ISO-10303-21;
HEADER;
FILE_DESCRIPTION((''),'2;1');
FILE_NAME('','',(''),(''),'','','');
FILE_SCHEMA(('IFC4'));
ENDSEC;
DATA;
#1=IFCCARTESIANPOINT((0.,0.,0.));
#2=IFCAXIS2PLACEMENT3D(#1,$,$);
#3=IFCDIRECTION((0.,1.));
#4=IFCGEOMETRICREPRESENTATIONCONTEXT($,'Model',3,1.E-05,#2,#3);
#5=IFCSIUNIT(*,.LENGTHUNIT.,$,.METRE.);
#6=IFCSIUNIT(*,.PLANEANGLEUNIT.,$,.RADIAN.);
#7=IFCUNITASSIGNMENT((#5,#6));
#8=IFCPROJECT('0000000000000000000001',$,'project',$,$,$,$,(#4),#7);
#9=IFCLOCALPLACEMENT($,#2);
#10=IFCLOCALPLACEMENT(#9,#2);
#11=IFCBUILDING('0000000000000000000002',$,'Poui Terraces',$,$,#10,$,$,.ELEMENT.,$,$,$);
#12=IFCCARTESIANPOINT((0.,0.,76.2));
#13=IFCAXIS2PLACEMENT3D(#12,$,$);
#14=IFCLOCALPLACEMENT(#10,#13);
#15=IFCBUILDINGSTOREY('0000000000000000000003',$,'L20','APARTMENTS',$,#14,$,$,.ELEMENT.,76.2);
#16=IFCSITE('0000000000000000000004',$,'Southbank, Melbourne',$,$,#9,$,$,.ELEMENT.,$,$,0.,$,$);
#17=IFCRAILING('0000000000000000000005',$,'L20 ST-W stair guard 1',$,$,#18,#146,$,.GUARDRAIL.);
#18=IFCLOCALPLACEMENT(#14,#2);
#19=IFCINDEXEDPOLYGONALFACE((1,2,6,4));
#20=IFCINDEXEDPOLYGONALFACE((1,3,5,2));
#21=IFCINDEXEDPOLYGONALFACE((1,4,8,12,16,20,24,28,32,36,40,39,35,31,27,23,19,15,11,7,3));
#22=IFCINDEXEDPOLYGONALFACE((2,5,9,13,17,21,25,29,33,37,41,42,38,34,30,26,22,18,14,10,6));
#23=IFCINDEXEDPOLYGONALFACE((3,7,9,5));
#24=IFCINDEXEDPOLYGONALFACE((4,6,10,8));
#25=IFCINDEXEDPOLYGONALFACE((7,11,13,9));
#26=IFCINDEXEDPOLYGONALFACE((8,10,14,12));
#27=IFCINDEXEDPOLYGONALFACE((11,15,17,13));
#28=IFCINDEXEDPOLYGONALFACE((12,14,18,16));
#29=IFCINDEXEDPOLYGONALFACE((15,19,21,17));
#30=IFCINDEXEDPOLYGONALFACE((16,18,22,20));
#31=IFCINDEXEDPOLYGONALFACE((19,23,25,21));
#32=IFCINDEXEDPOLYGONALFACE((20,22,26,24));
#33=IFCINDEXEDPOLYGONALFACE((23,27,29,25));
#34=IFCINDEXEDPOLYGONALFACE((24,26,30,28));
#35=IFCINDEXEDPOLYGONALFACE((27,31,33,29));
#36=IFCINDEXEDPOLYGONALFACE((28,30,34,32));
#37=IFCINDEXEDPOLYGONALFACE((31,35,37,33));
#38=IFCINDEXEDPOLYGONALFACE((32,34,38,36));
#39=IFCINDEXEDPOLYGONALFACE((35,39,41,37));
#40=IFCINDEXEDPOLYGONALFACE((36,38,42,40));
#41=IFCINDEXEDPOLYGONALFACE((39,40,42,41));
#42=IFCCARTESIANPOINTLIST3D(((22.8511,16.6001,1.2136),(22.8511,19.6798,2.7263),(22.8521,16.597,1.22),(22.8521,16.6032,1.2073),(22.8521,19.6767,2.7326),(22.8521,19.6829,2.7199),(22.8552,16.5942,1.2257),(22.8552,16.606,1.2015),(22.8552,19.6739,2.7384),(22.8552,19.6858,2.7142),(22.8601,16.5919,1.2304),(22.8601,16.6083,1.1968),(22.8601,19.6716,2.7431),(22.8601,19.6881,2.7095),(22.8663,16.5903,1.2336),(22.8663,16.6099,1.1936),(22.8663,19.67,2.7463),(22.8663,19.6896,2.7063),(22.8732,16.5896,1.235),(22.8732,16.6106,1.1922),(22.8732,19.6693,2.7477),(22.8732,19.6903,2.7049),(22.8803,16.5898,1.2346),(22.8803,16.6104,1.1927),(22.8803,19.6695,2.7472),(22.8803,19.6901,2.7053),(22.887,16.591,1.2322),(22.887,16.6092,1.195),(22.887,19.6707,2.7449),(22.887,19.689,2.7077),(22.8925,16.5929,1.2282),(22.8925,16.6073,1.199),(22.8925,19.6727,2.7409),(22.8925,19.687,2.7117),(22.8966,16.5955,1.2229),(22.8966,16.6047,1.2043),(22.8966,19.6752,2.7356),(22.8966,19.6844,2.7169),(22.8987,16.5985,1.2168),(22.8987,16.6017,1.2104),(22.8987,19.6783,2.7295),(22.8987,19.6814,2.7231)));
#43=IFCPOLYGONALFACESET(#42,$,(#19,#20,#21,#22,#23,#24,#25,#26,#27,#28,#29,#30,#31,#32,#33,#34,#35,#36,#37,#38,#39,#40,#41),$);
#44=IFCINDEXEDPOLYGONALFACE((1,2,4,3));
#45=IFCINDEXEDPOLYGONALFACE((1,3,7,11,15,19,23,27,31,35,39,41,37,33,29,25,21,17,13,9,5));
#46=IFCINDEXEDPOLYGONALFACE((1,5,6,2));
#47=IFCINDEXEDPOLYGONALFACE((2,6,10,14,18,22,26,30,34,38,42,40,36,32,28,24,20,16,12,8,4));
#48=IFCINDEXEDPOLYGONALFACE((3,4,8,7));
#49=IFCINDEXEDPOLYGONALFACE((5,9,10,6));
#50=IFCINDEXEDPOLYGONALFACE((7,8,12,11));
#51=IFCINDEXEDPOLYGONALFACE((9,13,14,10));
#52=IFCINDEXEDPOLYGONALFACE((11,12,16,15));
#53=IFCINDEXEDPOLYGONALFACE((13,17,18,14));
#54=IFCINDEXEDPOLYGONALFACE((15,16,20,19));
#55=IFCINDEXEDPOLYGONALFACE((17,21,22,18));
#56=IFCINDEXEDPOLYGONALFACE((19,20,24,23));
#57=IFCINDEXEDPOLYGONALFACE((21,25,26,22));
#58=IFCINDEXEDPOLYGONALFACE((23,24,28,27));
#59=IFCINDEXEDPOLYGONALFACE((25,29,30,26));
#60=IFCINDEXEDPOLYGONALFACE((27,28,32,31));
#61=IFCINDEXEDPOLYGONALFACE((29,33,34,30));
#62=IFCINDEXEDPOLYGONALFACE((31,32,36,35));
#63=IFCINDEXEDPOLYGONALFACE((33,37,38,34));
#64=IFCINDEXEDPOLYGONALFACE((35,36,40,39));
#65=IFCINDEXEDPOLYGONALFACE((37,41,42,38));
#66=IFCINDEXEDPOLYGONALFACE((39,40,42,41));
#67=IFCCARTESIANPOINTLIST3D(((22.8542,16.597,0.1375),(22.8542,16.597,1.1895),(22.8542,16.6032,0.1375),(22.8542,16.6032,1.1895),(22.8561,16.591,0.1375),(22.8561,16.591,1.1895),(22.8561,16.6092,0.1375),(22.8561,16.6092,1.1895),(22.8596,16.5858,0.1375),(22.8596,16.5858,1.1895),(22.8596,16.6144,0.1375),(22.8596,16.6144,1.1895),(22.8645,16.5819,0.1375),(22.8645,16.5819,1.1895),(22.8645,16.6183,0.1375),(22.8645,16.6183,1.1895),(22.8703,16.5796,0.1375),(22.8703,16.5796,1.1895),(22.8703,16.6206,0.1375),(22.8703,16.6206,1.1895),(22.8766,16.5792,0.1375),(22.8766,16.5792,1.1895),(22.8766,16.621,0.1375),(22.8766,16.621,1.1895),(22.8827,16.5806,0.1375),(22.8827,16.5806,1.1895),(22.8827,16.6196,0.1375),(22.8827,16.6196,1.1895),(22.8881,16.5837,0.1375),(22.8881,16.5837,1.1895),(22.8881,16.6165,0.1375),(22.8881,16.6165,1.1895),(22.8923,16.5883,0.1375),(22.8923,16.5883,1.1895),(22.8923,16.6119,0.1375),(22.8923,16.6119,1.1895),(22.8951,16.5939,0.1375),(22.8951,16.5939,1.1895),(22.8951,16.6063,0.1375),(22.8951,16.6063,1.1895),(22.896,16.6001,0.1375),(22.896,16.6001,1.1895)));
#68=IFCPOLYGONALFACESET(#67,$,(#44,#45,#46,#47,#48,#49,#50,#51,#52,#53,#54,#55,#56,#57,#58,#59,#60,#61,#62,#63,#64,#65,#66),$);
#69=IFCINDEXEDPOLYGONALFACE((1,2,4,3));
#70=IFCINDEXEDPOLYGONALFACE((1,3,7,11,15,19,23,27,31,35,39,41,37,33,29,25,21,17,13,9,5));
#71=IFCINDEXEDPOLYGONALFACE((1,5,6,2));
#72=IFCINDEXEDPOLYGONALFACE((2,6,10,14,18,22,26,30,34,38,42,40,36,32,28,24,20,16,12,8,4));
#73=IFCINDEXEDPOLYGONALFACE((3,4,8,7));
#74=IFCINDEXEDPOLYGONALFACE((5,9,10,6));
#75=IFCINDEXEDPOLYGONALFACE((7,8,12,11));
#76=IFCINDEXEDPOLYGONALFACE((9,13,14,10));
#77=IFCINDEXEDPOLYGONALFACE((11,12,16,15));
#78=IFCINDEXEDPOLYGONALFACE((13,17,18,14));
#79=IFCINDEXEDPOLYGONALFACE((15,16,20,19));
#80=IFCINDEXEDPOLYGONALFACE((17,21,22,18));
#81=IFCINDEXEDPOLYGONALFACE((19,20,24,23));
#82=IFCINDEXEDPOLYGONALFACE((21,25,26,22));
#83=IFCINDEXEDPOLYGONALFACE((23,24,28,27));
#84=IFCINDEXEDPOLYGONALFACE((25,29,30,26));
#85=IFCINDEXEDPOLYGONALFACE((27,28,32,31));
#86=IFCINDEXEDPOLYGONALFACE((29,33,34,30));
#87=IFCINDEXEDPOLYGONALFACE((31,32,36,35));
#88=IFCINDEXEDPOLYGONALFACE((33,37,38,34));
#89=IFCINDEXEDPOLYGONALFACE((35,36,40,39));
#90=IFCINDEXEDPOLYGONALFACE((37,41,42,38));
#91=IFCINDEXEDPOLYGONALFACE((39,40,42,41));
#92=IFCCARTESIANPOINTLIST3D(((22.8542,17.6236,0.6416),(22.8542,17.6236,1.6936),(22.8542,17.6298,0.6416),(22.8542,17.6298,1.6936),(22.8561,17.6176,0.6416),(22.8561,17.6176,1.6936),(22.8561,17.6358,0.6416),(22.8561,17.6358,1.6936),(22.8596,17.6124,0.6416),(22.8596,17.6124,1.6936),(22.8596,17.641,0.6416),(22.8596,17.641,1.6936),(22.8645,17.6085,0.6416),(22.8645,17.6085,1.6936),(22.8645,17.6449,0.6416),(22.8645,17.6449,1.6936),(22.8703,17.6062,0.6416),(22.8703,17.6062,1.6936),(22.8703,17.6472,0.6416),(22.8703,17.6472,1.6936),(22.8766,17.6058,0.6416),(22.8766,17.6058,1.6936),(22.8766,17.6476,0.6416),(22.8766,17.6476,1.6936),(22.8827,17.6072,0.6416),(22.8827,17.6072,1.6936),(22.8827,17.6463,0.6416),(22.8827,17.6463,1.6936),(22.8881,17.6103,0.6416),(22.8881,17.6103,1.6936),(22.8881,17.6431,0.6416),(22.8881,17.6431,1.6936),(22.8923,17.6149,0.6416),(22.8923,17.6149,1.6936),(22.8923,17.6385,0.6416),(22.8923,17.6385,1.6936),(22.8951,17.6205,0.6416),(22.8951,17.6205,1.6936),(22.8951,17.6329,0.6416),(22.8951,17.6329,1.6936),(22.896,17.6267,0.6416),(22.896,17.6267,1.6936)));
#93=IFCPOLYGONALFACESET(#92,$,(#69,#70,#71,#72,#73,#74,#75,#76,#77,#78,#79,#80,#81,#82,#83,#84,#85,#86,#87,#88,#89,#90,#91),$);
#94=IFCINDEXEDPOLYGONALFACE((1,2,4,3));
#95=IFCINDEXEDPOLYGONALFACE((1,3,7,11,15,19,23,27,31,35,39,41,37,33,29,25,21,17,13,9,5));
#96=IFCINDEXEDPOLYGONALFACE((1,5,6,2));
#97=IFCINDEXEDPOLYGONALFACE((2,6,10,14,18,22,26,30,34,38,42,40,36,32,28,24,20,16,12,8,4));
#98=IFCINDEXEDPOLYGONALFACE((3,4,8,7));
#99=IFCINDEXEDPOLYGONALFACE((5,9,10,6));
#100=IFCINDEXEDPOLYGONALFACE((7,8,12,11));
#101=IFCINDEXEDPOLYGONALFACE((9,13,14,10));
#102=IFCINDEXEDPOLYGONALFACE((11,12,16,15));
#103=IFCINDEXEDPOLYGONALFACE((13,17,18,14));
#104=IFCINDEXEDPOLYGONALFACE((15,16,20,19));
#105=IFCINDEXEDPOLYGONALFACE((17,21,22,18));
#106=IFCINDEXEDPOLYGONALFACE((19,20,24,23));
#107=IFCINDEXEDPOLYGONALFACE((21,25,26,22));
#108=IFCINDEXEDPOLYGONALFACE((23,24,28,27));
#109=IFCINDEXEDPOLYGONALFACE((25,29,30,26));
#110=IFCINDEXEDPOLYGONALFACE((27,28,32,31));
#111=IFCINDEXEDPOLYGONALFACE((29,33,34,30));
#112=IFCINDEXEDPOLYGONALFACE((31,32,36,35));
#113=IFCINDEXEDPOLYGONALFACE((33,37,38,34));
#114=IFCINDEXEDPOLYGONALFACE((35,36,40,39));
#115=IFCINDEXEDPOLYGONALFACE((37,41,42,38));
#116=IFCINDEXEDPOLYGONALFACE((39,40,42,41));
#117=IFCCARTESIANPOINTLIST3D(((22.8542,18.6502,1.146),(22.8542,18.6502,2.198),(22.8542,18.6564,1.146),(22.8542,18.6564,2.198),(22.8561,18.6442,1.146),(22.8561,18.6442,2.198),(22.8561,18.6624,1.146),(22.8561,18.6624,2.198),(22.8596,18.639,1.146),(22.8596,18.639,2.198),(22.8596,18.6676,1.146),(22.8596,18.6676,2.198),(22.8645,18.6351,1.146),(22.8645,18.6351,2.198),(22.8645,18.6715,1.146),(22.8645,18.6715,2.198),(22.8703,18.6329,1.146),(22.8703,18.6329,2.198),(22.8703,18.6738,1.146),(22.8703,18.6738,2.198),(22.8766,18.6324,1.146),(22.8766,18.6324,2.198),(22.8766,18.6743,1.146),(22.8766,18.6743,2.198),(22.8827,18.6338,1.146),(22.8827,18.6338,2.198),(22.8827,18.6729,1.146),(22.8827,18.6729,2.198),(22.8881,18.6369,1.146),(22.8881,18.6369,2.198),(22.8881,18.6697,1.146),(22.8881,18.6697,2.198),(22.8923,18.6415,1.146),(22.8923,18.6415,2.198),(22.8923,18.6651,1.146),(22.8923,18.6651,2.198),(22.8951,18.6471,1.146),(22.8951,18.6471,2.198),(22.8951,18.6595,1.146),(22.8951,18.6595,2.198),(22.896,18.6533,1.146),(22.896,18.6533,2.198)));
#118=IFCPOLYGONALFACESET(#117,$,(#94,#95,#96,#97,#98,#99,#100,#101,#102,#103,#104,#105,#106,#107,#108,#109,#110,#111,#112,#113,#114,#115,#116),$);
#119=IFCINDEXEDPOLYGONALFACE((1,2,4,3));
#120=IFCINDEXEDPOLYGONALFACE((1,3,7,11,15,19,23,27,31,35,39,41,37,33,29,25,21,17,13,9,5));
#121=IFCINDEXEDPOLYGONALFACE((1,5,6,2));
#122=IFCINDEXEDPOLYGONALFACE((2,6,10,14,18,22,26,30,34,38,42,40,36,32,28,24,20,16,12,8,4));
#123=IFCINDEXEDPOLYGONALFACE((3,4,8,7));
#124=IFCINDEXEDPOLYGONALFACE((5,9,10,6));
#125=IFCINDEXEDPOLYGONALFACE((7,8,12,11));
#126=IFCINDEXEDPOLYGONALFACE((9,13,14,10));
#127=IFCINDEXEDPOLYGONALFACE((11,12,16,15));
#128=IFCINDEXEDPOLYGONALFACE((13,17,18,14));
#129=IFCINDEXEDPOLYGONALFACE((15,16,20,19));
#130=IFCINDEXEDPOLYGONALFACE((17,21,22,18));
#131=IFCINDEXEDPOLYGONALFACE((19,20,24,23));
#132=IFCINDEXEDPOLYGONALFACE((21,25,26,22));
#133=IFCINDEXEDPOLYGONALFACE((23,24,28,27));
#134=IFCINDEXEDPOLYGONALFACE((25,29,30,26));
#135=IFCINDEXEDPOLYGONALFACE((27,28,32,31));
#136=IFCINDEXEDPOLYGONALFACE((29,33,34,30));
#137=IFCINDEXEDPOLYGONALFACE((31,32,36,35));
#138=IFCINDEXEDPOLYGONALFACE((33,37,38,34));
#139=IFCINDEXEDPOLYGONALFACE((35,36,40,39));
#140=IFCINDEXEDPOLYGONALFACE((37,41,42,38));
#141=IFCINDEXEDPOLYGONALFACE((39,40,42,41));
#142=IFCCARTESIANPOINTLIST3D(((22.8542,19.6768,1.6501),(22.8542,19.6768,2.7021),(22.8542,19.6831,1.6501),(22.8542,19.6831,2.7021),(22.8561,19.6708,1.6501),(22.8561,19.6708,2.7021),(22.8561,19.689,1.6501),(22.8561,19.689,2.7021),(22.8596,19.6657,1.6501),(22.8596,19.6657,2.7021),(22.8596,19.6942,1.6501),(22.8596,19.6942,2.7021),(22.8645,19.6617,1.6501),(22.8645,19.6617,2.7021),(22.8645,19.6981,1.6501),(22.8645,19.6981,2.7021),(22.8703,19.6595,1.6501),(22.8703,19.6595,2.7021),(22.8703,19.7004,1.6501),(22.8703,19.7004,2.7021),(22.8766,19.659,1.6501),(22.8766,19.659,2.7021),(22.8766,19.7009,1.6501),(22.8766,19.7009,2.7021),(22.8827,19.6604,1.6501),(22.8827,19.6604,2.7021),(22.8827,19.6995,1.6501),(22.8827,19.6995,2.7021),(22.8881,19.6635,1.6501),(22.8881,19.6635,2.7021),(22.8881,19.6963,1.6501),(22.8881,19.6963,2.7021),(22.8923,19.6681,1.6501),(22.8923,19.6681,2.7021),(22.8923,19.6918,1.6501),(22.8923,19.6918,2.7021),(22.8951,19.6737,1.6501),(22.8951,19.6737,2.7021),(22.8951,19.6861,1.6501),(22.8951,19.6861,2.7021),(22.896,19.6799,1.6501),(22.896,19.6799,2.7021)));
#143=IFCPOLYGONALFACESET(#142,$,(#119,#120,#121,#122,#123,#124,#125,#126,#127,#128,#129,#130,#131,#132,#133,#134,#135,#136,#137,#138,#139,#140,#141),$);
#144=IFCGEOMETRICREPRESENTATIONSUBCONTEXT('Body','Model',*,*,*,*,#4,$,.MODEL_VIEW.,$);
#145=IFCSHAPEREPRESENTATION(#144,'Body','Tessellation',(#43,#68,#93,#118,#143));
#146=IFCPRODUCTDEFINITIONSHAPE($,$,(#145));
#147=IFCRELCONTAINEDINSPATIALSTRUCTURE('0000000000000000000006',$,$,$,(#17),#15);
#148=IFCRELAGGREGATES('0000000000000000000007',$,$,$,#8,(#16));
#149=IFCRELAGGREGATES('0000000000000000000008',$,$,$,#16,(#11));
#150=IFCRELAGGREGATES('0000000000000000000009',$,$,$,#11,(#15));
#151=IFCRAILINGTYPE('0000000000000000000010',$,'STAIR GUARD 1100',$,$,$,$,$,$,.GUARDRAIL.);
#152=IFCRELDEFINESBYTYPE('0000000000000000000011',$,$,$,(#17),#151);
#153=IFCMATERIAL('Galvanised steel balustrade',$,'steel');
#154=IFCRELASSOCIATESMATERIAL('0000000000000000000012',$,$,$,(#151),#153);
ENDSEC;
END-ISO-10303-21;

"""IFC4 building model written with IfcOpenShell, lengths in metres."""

from ifc_helpers import new_model, si_unit, direction, frame, origin, origin_2d, place, context, subcontext, project, spatial, circle, extrude, material, type_object, element, save


model = new_model("IFC4")

# Units and contexts
model_context = context("Model", 3, precision=1e-05, world=origin(), true_north=direction((0.0, 1.0)))
body_context = subcontext(model_context, "Body", "Model", "MODEL_VIEW")
ifc_project = project(units=[si_unit("LENGTHUNIT", "METRE"), si_unit("PLANEANGLEUNIT", "RADIAN")], contexts=[model_context])

# Site, building, storey
site_placement = place(None, origin())
site = spatial("IfcSite", under=ifc_project, at=site_placement, Name="Southbank, Melbourne", CompositionType="ELEMENT", RefElevation=0.0)
building_placement = place(site_placement, origin())
building = spatial("IfcBuilding", under=site, at=building_placement, Name="Poui Terraces", CompositionType="ELEMENT")
storey_placement = place(building_placement, frame((0.0, 0.0, 76.2)))
storey = spatial("IfcBuildingStorey", under=building, at=storey_placement, Name="L20", Description="APARTMENTS", CompositionType="ELEMENT", Elevation=76.2)

# Railing
ifc_material_1 = material(Name="Galvanised steel balustrade", Category="steel")
railing_type_1 = type_object("IfcRailingType", Name="STAIR GUARD 1100", PredefinedType="GUARDRAIL", material=ifc_material_1)
railing_1_placement = place(storey_placement, frame((22.875, 16.6001, 0.1375)))
element("IfcRailing", 1, at=railing_1_placement, inside=storey, type_object=railing_type_1, Name="L20 ST-W stair guard 1", PredefinedType="GUARDRAIL", context=body_context, shape_type="SweptSolid", body=[
    extrude(circle(Radius=0.0239, at=origin_2d()), frame((0.0, 0.0, 1.0762), z_axis=(0.0, 0.897578, 0.440856), x_axis=(-1.0, 0.0, 0.0)), (0.0, 0.0, 1.0), 3.4312),
    extrude(circle(Radius=0.021, at=origin_2d()), origin(), (0.0, 0.0, 1.0), 1.052),
    extrude(circle(Radius=0.021, at=origin_2d()), frame((0.0, 1.0266, 0.5042)), (0.0, 0.0, 1.0), 1.052),
    extrude(circle(Radius=0.021, at=origin_2d()), frame((0.0, 2.0532, 1.0085)), (0.0, 0.0, 1.0), 1.052),
    extrude(circle(Radius=0.021, at=origin_2d()), frame((0.0, 3.0798, 1.5127)), (0.0, 0.0, 1.0), 1.052),
])

save(model, "model.ifc")
